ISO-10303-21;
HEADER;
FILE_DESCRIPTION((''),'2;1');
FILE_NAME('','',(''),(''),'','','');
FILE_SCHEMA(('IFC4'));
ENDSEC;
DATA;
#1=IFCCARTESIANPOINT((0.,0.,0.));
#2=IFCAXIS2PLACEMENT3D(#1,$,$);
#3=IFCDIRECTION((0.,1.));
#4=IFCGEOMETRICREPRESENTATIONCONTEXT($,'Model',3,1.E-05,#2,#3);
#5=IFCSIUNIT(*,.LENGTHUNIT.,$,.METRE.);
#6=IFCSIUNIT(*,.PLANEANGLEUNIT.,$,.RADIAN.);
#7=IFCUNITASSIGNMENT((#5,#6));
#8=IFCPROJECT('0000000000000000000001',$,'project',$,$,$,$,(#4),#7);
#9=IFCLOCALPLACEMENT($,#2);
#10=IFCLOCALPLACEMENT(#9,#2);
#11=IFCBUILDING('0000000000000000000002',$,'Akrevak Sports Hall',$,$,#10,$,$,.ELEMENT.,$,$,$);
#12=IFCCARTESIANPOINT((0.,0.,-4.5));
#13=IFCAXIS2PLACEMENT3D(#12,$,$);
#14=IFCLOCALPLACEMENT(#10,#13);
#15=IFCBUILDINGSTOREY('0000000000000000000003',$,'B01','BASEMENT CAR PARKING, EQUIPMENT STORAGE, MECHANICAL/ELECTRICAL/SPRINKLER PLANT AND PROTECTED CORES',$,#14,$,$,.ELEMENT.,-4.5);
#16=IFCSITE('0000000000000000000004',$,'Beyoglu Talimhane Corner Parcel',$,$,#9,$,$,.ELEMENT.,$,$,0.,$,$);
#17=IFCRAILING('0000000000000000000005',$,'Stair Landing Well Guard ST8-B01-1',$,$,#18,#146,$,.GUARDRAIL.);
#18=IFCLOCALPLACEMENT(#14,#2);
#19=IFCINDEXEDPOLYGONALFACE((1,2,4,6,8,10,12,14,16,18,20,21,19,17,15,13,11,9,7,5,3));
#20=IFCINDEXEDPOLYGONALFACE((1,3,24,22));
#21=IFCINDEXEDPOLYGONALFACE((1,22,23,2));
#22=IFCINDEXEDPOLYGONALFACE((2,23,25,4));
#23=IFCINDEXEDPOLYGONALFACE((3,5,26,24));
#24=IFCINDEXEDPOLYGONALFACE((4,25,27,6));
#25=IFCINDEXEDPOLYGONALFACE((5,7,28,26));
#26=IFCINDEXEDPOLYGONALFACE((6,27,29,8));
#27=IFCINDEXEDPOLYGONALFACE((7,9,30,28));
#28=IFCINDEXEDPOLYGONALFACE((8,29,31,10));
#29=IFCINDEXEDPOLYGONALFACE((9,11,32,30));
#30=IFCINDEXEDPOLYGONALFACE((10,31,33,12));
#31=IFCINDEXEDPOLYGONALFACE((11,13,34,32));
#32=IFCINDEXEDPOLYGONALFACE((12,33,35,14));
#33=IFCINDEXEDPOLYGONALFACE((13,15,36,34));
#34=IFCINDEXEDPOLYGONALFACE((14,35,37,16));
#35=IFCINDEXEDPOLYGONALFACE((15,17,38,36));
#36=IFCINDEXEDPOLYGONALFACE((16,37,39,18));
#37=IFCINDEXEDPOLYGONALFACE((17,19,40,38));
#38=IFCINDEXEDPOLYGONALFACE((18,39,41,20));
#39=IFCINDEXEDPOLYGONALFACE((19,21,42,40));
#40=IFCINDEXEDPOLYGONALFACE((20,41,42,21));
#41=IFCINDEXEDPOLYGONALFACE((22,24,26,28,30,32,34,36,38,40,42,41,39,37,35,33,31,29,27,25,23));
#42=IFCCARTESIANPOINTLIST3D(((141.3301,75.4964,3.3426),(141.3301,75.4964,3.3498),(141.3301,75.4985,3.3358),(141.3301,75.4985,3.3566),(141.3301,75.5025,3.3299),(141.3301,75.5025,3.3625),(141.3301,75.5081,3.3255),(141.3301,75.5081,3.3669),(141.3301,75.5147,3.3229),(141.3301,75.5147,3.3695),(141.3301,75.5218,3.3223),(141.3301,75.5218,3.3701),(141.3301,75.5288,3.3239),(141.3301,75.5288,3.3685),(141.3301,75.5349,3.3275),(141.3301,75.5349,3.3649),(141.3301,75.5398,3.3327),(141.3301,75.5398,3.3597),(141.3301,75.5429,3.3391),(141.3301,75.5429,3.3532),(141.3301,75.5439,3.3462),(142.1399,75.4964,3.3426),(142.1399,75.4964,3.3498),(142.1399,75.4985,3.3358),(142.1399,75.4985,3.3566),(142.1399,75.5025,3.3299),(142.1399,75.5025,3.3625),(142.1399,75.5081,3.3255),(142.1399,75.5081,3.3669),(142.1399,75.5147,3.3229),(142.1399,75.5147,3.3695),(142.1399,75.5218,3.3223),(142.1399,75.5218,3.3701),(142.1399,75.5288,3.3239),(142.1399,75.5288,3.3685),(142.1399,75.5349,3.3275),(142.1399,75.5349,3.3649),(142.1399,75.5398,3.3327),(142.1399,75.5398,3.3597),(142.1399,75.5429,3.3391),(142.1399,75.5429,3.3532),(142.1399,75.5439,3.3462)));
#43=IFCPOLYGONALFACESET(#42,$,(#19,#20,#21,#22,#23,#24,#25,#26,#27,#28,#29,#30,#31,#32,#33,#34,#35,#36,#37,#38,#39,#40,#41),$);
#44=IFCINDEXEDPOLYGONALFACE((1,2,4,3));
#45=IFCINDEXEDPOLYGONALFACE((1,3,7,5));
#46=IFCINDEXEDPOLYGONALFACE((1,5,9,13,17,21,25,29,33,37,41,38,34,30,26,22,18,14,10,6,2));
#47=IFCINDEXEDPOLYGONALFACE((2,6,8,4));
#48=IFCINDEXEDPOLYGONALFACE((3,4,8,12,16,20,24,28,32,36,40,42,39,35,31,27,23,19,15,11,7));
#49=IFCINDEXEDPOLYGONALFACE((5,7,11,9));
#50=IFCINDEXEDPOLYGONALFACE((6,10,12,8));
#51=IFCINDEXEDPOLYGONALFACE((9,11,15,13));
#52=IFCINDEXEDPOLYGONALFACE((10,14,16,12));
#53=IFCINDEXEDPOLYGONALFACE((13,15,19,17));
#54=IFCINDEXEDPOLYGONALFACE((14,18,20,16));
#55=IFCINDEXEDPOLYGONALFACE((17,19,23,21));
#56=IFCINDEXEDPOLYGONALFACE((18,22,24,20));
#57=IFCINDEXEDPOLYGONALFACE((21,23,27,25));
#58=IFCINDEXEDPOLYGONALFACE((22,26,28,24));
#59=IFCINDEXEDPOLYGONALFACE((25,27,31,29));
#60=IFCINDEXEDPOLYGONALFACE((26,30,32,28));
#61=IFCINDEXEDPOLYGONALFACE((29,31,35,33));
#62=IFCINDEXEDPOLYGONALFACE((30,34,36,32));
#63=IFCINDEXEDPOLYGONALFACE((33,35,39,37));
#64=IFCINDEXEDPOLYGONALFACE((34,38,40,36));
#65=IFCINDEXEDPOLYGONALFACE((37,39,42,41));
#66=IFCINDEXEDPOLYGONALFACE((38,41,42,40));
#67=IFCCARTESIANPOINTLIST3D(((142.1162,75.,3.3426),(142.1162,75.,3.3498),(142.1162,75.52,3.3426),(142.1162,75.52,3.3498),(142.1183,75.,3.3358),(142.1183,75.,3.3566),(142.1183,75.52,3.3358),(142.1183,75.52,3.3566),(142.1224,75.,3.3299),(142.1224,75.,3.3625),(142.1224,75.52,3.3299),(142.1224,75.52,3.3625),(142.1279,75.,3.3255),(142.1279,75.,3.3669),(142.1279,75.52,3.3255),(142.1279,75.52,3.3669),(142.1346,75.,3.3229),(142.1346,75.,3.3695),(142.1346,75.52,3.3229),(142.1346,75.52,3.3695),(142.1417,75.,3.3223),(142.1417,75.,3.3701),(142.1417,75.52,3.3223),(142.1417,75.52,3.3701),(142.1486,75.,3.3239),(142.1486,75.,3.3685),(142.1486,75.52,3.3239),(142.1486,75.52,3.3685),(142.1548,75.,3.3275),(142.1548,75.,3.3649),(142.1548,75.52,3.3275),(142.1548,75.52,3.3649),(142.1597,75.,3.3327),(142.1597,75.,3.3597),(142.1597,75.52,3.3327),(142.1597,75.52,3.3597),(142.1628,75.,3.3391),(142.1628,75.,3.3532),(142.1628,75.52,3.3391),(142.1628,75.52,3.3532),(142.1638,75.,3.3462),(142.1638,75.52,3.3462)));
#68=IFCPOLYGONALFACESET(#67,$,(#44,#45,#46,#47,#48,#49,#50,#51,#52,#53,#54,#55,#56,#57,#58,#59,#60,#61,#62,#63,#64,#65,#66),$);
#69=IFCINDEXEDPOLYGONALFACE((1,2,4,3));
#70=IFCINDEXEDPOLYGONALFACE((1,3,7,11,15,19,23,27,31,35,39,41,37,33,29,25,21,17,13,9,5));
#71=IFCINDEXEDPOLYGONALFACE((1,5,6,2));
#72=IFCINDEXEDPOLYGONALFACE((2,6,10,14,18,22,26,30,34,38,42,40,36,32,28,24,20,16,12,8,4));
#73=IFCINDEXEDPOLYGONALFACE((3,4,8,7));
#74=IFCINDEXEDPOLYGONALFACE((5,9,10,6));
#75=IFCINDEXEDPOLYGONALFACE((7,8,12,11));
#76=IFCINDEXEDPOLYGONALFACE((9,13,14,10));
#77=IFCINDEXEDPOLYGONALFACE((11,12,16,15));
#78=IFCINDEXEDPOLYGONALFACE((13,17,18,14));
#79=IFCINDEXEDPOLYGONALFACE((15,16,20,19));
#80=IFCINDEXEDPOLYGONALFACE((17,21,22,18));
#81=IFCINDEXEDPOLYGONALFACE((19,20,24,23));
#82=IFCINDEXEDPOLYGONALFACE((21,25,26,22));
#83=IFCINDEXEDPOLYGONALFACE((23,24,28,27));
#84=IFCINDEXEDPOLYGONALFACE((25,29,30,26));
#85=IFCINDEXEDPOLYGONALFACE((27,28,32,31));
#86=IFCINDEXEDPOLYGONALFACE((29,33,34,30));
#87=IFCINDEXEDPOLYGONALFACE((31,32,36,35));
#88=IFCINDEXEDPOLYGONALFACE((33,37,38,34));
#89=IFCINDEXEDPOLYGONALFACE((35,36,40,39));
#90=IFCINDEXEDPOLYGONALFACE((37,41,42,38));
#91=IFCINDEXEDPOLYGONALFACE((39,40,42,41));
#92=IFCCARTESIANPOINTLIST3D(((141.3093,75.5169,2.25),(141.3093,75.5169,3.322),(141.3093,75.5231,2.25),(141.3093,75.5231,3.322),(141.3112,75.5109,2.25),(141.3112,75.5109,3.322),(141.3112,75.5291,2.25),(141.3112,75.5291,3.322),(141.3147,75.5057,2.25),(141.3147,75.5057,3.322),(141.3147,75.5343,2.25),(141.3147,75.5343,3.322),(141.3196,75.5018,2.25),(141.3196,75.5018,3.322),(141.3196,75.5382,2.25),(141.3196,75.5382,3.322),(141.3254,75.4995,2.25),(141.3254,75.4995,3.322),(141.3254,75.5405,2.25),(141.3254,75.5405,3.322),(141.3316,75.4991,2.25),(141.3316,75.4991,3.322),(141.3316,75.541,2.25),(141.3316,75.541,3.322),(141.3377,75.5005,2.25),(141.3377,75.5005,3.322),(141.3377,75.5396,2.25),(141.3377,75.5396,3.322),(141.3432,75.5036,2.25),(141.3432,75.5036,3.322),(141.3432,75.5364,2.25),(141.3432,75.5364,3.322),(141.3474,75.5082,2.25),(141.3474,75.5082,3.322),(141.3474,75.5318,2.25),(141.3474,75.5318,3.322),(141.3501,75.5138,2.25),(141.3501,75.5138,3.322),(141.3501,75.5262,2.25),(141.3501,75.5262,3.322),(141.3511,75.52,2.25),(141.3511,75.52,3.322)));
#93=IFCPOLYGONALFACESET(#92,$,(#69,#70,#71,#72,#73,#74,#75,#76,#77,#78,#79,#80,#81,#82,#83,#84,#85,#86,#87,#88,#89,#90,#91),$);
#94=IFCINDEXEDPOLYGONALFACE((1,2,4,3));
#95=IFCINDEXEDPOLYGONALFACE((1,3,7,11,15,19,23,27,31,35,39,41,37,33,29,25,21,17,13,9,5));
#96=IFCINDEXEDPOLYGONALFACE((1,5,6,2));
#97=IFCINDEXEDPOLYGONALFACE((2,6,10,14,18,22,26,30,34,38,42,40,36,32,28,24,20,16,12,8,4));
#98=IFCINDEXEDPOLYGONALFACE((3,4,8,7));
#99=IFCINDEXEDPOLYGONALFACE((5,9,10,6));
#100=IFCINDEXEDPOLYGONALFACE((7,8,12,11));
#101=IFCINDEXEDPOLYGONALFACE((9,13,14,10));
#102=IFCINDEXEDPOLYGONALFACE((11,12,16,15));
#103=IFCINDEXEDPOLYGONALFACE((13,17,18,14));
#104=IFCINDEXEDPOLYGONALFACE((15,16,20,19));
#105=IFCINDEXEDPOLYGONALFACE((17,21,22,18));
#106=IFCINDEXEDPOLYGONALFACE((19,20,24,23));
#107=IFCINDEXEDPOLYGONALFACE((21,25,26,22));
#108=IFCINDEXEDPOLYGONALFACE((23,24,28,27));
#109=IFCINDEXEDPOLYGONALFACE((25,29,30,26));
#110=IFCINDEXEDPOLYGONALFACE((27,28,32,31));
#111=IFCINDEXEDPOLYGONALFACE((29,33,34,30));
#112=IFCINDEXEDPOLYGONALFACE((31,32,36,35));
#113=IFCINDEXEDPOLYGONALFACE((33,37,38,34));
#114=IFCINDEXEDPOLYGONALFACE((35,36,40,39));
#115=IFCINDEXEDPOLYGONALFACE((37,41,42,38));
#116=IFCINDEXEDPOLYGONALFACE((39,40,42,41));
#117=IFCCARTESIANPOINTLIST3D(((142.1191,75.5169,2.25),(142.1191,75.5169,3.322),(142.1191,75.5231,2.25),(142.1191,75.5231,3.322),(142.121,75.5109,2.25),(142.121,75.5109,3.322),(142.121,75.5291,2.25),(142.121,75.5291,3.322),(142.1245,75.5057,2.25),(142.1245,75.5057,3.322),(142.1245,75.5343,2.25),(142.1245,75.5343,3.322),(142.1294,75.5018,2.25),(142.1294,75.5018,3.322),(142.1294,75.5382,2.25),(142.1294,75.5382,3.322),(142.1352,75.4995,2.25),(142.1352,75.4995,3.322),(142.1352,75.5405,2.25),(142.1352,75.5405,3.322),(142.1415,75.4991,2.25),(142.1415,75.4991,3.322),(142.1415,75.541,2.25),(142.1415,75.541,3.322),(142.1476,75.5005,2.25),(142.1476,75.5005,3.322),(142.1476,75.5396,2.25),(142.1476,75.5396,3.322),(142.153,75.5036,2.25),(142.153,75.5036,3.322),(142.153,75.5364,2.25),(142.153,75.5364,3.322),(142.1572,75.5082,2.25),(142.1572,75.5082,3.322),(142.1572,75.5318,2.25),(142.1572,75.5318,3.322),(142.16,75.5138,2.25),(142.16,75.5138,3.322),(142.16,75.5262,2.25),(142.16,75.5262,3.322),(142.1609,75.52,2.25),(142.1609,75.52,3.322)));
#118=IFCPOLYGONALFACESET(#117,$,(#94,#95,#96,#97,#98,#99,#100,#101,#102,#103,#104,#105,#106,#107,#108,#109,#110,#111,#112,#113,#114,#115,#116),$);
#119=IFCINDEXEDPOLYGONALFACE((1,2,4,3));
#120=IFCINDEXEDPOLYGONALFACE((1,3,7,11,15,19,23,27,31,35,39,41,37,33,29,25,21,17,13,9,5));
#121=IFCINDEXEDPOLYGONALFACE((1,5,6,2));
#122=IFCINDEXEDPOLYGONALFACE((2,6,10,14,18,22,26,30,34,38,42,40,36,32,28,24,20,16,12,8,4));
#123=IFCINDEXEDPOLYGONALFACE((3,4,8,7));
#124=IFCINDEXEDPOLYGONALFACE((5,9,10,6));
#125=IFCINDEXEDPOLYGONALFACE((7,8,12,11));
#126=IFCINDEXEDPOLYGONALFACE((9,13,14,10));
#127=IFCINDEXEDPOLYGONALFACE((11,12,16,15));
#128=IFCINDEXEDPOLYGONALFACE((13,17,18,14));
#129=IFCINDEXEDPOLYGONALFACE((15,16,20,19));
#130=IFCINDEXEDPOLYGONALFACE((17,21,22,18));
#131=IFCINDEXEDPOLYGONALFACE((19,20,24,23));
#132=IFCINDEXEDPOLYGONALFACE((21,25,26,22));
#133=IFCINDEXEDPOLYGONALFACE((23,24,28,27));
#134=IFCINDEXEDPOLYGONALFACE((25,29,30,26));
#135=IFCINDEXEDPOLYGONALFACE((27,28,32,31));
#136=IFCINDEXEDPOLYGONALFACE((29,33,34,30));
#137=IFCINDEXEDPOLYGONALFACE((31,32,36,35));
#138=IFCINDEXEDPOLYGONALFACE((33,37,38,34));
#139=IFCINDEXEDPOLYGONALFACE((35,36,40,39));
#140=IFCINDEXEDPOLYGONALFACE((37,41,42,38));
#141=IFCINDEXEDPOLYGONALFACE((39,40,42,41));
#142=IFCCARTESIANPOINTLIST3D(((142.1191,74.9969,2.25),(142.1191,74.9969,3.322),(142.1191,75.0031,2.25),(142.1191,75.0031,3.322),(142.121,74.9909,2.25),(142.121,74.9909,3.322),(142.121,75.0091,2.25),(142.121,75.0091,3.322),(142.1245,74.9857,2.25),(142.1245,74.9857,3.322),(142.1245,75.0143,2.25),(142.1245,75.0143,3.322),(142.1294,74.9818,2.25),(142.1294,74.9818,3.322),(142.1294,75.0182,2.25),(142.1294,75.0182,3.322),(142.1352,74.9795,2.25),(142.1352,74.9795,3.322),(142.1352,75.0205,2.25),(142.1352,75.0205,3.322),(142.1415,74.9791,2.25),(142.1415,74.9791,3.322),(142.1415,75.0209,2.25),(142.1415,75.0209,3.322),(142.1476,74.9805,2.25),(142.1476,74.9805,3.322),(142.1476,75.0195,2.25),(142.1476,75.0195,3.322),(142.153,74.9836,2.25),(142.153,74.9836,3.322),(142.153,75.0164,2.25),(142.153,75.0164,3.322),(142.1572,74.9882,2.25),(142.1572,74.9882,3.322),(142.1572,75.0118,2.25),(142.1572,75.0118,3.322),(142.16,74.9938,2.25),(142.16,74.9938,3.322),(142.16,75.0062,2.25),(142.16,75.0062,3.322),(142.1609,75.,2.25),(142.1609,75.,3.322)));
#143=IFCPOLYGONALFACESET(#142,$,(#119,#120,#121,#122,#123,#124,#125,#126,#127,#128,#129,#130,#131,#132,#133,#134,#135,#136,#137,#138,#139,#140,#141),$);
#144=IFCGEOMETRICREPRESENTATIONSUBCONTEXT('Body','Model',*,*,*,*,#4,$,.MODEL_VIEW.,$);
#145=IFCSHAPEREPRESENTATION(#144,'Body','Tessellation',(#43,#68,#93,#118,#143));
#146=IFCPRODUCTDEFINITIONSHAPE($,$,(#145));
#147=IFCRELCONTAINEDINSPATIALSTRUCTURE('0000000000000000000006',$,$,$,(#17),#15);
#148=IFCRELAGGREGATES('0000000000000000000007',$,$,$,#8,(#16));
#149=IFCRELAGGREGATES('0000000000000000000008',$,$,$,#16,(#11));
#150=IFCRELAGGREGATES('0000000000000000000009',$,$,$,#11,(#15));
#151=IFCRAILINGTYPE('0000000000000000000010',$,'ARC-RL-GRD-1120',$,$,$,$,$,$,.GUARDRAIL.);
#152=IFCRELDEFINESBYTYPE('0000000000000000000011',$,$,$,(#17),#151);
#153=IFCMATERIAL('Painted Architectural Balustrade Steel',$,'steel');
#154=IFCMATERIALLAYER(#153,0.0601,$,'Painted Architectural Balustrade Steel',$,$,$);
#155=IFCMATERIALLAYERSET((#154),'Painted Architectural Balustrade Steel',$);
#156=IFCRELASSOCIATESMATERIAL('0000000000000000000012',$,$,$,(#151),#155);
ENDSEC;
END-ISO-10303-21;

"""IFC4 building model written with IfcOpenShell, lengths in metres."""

from ifc_helpers import new_model, si_unit, direction, frame, origin, origin_2d, place, context, subcontext, project, spatial, circle, extrude, material, layer, layer_set, type_object, element, save


model = new_model("IFC4")

# Units and contexts
model_context = context("Model", 3, precision=1e-05, world=origin(), true_north=direction((0.0, 1.0)))
body_context = subcontext(model_context, "Body", "Model", "MODEL_VIEW")
ifc_project = project(units=[si_unit("LENGTHUNIT", "METRE"), si_unit("PLANEANGLEUNIT", "RADIAN")], contexts=[model_context])

# Site, building, storey
site_placement = place(None, origin())
site = spatial("IfcSite", under=ifc_project, at=site_placement, Name="Beyoglu Talimhane Corner Parcel", CompositionType="ELEMENT", RefElevation=0.0)
building_placement = place(site_placement, origin())
building = spatial("IfcBuilding", under=site, at=building_placement, Name="Akrevak Sports Hall", CompositionType="ELEMENT")
storey_placement = place(building_placement, frame((0.0, 0.0, -4.5)))
storey = spatial("IfcBuildingStorey", under=building, at=storey_placement, Name="B01", Description="BASEMENT CAR PARKING, EQUIPMENT STORAGE, MECHANICAL/ELECTRICAL/SPRINKLER PLANT AND PROTECTED CORES", CompositionType="ELEMENT", Elevation=-4.5)

# Railing
ifc_material_1 = material(Name="Painted Architectural Balustrade Steel", Category="steel")
ifc_layer_1 = layer(ifc_material_1, 0.0601, Name="Painted Architectural Balustrade Steel")
ifc_layer_set_1 = layer_set([ifc_layer_1], Name="Painted Architectural Balustrade Steel")
railing_type_1 = type_object("IfcRailingType", Name="ARC-RL-GRD-1120", PredefinedType="GUARDRAIL", material=ifc_layer_set_1)
railing_1_placement = place(storey_placement, frame((141.3301, 75.52, 2.25)))
element("IfcRailing", 1, at=railing_1_placement, inside=storey, type_object=railing_type_1, Name="Stair Landing Well Guard ST8-B01-1", PredefinedType="GUARDRAIL", context=body_context, shape_type="SweptSolid", body=[
    extrude(circle(Radius=0.0239, at=origin_2d()), frame((0.0, 0.0, 1.0962), z_axis=(1.0, 0.0, 0.0), x_axis=(0.0, 1.0, 0.0)), (0.0, 0.0, 1.0), 0.8098),
    extrude(circle(Radius=0.0239, at=origin_2d()), frame((0.8098, 0.0, 1.0962), z_axis=(0.0, -1.0, 0.0), x_axis=(1.0, 0.0, 0.0)), (0.0, 0.0, 1.0), 0.52),
    extrude(circle(Radius=0.021, at=origin_2d()), origin(), (0.0, 0.0, 1.0), 1.072),
    extrude(circle(Radius=0.021, at=origin_2d()), frame((0.8098, 0.0, 0.0)), (0.0, 0.0, 1.0), 1.072),
    extrude(circle(Radius=0.021, at=origin_2d()), frame((0.8098, -0.52, 0.0)), (0.0, 0.0, 1.0), 1.072),
])

save(model, "model.ifc")
